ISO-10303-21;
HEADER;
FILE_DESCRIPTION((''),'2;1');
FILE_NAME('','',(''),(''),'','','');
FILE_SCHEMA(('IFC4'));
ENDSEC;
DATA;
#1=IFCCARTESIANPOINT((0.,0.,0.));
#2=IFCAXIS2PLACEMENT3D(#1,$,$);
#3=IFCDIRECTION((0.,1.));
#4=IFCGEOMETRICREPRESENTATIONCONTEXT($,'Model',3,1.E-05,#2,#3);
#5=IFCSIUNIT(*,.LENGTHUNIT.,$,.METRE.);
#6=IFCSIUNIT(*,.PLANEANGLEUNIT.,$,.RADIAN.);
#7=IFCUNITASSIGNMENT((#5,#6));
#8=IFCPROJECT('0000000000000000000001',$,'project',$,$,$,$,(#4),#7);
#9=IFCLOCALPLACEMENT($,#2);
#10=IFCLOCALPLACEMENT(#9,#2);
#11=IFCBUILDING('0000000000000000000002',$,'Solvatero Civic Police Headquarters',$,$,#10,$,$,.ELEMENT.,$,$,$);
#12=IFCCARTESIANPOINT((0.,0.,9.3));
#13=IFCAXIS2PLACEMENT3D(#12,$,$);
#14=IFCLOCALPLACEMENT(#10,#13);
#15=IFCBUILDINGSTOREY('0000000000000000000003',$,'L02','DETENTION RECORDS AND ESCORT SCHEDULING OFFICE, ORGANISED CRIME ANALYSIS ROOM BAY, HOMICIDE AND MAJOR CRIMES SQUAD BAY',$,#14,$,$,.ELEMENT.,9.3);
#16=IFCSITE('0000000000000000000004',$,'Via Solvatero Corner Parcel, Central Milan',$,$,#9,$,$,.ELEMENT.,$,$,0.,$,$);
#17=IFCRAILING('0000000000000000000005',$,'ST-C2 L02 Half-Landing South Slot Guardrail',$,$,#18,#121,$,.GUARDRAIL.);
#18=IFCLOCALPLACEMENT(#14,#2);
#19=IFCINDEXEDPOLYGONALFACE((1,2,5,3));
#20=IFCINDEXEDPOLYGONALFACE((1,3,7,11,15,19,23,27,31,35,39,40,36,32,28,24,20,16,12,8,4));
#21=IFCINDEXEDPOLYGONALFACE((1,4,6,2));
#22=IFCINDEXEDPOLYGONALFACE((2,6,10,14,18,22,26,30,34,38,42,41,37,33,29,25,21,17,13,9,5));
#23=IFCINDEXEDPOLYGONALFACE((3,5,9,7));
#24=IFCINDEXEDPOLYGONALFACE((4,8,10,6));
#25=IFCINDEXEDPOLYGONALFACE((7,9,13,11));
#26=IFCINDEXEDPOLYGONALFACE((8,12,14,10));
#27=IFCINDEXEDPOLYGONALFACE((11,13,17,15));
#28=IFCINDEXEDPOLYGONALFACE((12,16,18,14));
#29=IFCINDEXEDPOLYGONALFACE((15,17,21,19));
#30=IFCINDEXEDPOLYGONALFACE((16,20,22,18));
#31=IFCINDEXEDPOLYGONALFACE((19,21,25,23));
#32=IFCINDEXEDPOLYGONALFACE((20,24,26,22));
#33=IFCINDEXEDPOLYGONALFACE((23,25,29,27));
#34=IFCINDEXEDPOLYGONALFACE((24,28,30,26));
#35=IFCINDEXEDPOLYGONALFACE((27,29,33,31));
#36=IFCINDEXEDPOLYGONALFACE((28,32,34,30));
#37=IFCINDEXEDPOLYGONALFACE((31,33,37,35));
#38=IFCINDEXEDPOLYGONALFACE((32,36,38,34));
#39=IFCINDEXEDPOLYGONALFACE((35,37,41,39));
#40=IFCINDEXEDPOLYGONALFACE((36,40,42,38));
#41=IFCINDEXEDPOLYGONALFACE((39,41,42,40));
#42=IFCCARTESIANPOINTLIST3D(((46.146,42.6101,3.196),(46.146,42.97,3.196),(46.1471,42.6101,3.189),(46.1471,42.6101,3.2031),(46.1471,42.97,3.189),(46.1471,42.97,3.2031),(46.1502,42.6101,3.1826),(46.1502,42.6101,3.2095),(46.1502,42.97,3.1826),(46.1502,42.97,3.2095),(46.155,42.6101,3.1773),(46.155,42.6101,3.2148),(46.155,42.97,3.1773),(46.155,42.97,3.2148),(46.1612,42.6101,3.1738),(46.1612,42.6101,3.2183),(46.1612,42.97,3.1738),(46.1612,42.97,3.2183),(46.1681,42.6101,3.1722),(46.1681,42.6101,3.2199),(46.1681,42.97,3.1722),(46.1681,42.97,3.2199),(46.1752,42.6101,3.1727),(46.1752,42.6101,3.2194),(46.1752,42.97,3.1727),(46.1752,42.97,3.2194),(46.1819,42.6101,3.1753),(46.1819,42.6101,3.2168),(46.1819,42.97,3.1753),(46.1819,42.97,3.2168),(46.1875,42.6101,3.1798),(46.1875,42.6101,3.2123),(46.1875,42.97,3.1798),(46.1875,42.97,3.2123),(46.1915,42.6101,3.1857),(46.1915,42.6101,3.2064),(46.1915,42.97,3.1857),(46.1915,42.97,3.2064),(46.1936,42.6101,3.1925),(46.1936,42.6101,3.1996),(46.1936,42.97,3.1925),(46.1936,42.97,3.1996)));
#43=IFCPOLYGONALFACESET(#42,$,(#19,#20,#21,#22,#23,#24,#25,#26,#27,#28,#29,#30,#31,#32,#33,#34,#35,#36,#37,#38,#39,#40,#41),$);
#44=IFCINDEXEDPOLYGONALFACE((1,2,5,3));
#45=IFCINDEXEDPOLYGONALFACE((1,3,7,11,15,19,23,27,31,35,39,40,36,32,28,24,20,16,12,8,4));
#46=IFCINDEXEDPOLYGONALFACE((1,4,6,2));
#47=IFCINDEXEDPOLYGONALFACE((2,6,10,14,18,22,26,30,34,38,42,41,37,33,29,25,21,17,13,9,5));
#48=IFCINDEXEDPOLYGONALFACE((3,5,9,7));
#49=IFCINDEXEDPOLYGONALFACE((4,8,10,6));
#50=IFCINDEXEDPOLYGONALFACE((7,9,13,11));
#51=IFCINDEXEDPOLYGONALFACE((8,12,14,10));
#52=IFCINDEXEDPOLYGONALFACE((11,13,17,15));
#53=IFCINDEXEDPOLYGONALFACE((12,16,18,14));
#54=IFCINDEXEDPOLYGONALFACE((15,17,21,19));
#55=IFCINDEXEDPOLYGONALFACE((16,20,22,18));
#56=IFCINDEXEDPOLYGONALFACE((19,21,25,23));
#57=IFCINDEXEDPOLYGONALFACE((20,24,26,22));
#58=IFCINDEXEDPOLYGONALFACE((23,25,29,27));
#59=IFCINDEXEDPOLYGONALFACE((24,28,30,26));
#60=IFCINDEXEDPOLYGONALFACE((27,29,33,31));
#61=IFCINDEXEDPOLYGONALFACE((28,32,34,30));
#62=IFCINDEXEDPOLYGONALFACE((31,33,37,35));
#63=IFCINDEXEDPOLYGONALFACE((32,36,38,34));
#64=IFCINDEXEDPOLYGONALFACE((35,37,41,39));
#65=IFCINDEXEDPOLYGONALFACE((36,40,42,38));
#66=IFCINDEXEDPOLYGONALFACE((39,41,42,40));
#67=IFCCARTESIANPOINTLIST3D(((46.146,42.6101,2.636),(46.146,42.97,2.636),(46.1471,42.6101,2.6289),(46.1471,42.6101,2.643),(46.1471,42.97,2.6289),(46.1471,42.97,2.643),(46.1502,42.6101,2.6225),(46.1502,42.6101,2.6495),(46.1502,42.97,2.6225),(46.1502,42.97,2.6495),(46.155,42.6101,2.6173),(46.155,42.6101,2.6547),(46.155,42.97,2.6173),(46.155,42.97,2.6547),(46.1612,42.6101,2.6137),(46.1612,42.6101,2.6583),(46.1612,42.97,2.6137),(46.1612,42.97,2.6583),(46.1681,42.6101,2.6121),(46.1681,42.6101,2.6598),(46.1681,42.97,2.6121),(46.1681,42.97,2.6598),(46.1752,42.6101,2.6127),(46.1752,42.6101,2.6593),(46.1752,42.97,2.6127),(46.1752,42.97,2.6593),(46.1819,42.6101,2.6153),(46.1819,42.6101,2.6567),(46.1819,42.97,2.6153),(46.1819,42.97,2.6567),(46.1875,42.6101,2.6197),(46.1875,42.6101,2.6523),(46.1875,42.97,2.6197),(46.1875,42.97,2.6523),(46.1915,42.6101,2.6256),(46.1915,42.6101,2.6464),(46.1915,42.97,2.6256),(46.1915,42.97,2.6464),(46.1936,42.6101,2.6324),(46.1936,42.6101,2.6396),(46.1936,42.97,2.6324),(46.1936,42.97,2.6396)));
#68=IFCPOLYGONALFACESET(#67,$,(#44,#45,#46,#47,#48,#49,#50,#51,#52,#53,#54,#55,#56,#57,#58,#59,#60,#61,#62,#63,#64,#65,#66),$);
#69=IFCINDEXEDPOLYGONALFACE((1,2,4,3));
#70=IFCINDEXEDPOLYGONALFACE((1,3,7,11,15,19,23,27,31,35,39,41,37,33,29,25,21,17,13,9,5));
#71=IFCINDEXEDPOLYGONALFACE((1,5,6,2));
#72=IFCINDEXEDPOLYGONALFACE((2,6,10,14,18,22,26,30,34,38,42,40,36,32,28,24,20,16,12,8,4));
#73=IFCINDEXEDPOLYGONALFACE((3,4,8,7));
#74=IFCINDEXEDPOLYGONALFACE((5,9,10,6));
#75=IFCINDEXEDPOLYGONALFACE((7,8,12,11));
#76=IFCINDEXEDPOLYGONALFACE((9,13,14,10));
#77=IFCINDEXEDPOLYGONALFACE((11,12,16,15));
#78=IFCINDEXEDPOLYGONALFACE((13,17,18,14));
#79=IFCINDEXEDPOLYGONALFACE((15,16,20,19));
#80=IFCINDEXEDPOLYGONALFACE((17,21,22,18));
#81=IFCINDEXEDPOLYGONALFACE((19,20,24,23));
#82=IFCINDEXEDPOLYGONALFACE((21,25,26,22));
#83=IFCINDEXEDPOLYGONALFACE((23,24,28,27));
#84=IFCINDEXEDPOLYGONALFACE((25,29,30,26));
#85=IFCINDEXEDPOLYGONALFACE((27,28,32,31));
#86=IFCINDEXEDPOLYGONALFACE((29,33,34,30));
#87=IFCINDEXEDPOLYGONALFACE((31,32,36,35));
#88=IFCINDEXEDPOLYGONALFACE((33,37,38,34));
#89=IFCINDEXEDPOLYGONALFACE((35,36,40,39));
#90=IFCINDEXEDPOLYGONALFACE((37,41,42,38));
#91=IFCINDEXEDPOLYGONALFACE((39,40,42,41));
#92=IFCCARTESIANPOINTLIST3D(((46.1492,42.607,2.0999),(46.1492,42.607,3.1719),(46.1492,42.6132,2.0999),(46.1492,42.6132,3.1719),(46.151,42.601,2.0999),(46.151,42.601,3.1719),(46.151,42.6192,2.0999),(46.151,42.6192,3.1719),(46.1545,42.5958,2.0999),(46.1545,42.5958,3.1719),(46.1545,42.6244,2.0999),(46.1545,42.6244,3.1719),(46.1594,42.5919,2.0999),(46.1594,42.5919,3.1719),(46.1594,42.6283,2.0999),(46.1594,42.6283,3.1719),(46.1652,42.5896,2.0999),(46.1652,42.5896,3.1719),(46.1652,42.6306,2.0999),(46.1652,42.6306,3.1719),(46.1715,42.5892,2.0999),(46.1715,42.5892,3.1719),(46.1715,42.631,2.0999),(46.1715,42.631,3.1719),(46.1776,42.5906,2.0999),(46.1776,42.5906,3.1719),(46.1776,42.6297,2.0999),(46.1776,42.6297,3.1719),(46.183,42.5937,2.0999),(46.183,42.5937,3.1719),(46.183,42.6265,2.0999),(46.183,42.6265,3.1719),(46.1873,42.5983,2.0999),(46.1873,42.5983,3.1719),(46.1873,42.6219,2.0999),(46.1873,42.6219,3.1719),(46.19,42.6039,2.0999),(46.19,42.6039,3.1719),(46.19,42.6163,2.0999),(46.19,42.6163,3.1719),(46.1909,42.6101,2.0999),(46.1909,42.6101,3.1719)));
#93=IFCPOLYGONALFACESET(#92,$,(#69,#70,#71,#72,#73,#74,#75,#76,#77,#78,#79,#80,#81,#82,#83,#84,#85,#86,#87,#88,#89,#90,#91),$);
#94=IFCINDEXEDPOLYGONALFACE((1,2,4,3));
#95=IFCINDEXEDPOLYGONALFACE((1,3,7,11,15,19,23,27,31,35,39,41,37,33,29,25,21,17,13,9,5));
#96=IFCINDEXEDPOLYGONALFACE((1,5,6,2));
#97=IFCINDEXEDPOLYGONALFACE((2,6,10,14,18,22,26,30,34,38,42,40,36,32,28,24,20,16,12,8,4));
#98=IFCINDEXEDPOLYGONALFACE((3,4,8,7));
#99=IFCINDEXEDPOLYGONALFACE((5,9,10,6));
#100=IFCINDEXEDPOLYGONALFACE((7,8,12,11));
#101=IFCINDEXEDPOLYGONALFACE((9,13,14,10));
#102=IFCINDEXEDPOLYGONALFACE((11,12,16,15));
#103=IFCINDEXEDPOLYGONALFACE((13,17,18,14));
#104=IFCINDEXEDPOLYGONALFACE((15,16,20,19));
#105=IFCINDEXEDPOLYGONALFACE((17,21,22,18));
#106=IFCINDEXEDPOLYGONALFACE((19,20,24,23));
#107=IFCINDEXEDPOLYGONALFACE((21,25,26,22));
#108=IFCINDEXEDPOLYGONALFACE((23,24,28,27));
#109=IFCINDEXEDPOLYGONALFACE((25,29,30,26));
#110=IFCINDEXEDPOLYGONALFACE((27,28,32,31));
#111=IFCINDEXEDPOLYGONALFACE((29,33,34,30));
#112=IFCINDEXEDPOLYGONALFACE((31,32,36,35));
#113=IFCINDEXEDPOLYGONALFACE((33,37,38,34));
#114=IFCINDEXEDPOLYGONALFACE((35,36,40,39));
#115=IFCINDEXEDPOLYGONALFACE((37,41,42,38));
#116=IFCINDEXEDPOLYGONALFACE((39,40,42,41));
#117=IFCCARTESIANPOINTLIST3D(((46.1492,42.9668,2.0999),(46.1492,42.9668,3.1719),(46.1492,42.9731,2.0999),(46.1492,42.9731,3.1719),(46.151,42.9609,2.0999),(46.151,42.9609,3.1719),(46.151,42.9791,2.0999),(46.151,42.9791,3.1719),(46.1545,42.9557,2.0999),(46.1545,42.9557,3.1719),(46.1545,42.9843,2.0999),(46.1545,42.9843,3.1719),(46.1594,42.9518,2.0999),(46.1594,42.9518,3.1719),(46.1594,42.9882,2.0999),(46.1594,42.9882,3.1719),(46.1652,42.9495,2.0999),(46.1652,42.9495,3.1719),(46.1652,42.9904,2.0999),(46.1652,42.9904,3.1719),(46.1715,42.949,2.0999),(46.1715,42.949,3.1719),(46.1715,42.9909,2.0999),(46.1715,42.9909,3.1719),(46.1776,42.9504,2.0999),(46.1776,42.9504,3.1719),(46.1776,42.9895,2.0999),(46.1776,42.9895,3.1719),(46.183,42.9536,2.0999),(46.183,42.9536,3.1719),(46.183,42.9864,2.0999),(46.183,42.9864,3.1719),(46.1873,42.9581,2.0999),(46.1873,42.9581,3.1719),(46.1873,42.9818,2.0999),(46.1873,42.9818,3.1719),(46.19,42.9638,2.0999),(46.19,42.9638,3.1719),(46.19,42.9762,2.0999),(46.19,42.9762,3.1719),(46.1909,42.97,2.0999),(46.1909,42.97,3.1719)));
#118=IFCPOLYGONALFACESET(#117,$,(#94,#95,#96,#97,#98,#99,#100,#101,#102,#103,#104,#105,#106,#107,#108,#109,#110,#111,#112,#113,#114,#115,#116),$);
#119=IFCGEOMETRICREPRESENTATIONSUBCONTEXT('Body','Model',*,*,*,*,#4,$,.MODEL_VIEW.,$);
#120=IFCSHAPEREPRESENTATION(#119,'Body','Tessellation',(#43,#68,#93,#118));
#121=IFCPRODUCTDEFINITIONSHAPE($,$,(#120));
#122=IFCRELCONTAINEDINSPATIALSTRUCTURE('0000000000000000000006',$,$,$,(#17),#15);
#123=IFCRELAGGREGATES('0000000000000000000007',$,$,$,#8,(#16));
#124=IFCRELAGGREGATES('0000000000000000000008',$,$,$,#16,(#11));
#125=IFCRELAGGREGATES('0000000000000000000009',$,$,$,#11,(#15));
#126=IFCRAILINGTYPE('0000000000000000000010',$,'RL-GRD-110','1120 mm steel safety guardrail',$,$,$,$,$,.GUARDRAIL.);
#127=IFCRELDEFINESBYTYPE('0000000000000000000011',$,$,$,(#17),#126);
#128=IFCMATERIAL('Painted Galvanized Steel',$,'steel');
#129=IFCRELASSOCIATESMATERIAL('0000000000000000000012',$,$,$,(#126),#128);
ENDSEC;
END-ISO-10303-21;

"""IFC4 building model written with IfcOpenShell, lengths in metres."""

from ifc_helpers import new_model, si_unit, direction, frame, origin, origin_2d, place, context, subcontext, project, spatial, circle, extrude, material, type_object, element, save


model = new_model("IFC4")

# Units and contexts
model_context = context("Model", 3, precision=1e-05, world=origin(), true_north=direction((0.0, 1.0)))
body_context = subcontext(model_context, "Body", "Model", "MODEL_VIEW")
ifc_project = project(units=[si_unit("LENGTHUNIT", "METRE"), si_unit("PLANEANGLEUNIT", "RADIAN")], contexts=[model_context])

# Site, building, storey
site_placement = place(None, origin())
site = spatial("IfcSite", under=ifc_project, at=site_placement, Name="Via Solvatero Corner Parcel, Central Milan", CompositionType="ELEMENT", RefElevation=0.0)
building_placement = place(site_placement, origin())
building = spatial("IfcBuilding", under=site, at=building_placement, Name="Solvatero Civic Police Headquarters", CompositionType="ELEMENT")
storey_placement = place(building_placement, frame((0.0, 0.0, 9.3)))
storey = spatial("IfcBuildingStorey", under=building, at=storey_placement, Name="L02", Description="DETENTION RECORDS AND ESCORT SCHEDULING OFFICE, ORGANISED CRIME ANALYSIS ROOM BAY, HOMICIDE AND MAJOR CRIMES SQUAD BAY", CompositionType="ELEMENT", Elevation=9.3)

# Railing
ifc_material_1 = material(Name="Painted Galvanized Steel", Category="steel")
railing_type_1 = type_object("IfcRailingType", Name="RL-GRD-110", Description="1120 mm steel safety guardrail", PredefinedType="GUARDRAIL", material=ifc_material_1)
railing_1_placement = place(storey_placement, frame((46.1699, 42.6101, 2.0999)))
element("IfcRailing", 1, at=railing_1_placement, inside=storey, type_object=railing_type_1, Name="ST-C2 L02 Half-Landing South Slot Guardrail", PredefinedType="GUARDRAIL", context=body_context, shape_type="SweptSolid", body=[
    extrude(circle(Radius=0.0239, at=origin_2d()), frame((0.0, 0.0, 1.0962), z_axis=(0.0, 1.0, 0.0), x_axis=(-1.0, 0.0, 0.0)), (0.0, 0.0, 1.0), 0.3599),
    extrude(circle(Radius=0.0239, at=origin_2d()), frame((0.0, 0.0, 0.5361), z_axis=(0.0, 1.0, 0.0), x_axis=(-1.0, 0.0, 0.0)), (0.0, 0.0, 1.0), 0.3599),
    extrude(circle(Radius=0.021, at=origin_2d()), origin(), (0.0, 0.0, 1.0), 1.072),
    extrude(circle(Radius=0.021, at=origin_2d()), frame((0.0, 0.3599, 0.0)), (0.0, 0.0, 1.0), 1.072),
])

save(model, "model.ifc")
